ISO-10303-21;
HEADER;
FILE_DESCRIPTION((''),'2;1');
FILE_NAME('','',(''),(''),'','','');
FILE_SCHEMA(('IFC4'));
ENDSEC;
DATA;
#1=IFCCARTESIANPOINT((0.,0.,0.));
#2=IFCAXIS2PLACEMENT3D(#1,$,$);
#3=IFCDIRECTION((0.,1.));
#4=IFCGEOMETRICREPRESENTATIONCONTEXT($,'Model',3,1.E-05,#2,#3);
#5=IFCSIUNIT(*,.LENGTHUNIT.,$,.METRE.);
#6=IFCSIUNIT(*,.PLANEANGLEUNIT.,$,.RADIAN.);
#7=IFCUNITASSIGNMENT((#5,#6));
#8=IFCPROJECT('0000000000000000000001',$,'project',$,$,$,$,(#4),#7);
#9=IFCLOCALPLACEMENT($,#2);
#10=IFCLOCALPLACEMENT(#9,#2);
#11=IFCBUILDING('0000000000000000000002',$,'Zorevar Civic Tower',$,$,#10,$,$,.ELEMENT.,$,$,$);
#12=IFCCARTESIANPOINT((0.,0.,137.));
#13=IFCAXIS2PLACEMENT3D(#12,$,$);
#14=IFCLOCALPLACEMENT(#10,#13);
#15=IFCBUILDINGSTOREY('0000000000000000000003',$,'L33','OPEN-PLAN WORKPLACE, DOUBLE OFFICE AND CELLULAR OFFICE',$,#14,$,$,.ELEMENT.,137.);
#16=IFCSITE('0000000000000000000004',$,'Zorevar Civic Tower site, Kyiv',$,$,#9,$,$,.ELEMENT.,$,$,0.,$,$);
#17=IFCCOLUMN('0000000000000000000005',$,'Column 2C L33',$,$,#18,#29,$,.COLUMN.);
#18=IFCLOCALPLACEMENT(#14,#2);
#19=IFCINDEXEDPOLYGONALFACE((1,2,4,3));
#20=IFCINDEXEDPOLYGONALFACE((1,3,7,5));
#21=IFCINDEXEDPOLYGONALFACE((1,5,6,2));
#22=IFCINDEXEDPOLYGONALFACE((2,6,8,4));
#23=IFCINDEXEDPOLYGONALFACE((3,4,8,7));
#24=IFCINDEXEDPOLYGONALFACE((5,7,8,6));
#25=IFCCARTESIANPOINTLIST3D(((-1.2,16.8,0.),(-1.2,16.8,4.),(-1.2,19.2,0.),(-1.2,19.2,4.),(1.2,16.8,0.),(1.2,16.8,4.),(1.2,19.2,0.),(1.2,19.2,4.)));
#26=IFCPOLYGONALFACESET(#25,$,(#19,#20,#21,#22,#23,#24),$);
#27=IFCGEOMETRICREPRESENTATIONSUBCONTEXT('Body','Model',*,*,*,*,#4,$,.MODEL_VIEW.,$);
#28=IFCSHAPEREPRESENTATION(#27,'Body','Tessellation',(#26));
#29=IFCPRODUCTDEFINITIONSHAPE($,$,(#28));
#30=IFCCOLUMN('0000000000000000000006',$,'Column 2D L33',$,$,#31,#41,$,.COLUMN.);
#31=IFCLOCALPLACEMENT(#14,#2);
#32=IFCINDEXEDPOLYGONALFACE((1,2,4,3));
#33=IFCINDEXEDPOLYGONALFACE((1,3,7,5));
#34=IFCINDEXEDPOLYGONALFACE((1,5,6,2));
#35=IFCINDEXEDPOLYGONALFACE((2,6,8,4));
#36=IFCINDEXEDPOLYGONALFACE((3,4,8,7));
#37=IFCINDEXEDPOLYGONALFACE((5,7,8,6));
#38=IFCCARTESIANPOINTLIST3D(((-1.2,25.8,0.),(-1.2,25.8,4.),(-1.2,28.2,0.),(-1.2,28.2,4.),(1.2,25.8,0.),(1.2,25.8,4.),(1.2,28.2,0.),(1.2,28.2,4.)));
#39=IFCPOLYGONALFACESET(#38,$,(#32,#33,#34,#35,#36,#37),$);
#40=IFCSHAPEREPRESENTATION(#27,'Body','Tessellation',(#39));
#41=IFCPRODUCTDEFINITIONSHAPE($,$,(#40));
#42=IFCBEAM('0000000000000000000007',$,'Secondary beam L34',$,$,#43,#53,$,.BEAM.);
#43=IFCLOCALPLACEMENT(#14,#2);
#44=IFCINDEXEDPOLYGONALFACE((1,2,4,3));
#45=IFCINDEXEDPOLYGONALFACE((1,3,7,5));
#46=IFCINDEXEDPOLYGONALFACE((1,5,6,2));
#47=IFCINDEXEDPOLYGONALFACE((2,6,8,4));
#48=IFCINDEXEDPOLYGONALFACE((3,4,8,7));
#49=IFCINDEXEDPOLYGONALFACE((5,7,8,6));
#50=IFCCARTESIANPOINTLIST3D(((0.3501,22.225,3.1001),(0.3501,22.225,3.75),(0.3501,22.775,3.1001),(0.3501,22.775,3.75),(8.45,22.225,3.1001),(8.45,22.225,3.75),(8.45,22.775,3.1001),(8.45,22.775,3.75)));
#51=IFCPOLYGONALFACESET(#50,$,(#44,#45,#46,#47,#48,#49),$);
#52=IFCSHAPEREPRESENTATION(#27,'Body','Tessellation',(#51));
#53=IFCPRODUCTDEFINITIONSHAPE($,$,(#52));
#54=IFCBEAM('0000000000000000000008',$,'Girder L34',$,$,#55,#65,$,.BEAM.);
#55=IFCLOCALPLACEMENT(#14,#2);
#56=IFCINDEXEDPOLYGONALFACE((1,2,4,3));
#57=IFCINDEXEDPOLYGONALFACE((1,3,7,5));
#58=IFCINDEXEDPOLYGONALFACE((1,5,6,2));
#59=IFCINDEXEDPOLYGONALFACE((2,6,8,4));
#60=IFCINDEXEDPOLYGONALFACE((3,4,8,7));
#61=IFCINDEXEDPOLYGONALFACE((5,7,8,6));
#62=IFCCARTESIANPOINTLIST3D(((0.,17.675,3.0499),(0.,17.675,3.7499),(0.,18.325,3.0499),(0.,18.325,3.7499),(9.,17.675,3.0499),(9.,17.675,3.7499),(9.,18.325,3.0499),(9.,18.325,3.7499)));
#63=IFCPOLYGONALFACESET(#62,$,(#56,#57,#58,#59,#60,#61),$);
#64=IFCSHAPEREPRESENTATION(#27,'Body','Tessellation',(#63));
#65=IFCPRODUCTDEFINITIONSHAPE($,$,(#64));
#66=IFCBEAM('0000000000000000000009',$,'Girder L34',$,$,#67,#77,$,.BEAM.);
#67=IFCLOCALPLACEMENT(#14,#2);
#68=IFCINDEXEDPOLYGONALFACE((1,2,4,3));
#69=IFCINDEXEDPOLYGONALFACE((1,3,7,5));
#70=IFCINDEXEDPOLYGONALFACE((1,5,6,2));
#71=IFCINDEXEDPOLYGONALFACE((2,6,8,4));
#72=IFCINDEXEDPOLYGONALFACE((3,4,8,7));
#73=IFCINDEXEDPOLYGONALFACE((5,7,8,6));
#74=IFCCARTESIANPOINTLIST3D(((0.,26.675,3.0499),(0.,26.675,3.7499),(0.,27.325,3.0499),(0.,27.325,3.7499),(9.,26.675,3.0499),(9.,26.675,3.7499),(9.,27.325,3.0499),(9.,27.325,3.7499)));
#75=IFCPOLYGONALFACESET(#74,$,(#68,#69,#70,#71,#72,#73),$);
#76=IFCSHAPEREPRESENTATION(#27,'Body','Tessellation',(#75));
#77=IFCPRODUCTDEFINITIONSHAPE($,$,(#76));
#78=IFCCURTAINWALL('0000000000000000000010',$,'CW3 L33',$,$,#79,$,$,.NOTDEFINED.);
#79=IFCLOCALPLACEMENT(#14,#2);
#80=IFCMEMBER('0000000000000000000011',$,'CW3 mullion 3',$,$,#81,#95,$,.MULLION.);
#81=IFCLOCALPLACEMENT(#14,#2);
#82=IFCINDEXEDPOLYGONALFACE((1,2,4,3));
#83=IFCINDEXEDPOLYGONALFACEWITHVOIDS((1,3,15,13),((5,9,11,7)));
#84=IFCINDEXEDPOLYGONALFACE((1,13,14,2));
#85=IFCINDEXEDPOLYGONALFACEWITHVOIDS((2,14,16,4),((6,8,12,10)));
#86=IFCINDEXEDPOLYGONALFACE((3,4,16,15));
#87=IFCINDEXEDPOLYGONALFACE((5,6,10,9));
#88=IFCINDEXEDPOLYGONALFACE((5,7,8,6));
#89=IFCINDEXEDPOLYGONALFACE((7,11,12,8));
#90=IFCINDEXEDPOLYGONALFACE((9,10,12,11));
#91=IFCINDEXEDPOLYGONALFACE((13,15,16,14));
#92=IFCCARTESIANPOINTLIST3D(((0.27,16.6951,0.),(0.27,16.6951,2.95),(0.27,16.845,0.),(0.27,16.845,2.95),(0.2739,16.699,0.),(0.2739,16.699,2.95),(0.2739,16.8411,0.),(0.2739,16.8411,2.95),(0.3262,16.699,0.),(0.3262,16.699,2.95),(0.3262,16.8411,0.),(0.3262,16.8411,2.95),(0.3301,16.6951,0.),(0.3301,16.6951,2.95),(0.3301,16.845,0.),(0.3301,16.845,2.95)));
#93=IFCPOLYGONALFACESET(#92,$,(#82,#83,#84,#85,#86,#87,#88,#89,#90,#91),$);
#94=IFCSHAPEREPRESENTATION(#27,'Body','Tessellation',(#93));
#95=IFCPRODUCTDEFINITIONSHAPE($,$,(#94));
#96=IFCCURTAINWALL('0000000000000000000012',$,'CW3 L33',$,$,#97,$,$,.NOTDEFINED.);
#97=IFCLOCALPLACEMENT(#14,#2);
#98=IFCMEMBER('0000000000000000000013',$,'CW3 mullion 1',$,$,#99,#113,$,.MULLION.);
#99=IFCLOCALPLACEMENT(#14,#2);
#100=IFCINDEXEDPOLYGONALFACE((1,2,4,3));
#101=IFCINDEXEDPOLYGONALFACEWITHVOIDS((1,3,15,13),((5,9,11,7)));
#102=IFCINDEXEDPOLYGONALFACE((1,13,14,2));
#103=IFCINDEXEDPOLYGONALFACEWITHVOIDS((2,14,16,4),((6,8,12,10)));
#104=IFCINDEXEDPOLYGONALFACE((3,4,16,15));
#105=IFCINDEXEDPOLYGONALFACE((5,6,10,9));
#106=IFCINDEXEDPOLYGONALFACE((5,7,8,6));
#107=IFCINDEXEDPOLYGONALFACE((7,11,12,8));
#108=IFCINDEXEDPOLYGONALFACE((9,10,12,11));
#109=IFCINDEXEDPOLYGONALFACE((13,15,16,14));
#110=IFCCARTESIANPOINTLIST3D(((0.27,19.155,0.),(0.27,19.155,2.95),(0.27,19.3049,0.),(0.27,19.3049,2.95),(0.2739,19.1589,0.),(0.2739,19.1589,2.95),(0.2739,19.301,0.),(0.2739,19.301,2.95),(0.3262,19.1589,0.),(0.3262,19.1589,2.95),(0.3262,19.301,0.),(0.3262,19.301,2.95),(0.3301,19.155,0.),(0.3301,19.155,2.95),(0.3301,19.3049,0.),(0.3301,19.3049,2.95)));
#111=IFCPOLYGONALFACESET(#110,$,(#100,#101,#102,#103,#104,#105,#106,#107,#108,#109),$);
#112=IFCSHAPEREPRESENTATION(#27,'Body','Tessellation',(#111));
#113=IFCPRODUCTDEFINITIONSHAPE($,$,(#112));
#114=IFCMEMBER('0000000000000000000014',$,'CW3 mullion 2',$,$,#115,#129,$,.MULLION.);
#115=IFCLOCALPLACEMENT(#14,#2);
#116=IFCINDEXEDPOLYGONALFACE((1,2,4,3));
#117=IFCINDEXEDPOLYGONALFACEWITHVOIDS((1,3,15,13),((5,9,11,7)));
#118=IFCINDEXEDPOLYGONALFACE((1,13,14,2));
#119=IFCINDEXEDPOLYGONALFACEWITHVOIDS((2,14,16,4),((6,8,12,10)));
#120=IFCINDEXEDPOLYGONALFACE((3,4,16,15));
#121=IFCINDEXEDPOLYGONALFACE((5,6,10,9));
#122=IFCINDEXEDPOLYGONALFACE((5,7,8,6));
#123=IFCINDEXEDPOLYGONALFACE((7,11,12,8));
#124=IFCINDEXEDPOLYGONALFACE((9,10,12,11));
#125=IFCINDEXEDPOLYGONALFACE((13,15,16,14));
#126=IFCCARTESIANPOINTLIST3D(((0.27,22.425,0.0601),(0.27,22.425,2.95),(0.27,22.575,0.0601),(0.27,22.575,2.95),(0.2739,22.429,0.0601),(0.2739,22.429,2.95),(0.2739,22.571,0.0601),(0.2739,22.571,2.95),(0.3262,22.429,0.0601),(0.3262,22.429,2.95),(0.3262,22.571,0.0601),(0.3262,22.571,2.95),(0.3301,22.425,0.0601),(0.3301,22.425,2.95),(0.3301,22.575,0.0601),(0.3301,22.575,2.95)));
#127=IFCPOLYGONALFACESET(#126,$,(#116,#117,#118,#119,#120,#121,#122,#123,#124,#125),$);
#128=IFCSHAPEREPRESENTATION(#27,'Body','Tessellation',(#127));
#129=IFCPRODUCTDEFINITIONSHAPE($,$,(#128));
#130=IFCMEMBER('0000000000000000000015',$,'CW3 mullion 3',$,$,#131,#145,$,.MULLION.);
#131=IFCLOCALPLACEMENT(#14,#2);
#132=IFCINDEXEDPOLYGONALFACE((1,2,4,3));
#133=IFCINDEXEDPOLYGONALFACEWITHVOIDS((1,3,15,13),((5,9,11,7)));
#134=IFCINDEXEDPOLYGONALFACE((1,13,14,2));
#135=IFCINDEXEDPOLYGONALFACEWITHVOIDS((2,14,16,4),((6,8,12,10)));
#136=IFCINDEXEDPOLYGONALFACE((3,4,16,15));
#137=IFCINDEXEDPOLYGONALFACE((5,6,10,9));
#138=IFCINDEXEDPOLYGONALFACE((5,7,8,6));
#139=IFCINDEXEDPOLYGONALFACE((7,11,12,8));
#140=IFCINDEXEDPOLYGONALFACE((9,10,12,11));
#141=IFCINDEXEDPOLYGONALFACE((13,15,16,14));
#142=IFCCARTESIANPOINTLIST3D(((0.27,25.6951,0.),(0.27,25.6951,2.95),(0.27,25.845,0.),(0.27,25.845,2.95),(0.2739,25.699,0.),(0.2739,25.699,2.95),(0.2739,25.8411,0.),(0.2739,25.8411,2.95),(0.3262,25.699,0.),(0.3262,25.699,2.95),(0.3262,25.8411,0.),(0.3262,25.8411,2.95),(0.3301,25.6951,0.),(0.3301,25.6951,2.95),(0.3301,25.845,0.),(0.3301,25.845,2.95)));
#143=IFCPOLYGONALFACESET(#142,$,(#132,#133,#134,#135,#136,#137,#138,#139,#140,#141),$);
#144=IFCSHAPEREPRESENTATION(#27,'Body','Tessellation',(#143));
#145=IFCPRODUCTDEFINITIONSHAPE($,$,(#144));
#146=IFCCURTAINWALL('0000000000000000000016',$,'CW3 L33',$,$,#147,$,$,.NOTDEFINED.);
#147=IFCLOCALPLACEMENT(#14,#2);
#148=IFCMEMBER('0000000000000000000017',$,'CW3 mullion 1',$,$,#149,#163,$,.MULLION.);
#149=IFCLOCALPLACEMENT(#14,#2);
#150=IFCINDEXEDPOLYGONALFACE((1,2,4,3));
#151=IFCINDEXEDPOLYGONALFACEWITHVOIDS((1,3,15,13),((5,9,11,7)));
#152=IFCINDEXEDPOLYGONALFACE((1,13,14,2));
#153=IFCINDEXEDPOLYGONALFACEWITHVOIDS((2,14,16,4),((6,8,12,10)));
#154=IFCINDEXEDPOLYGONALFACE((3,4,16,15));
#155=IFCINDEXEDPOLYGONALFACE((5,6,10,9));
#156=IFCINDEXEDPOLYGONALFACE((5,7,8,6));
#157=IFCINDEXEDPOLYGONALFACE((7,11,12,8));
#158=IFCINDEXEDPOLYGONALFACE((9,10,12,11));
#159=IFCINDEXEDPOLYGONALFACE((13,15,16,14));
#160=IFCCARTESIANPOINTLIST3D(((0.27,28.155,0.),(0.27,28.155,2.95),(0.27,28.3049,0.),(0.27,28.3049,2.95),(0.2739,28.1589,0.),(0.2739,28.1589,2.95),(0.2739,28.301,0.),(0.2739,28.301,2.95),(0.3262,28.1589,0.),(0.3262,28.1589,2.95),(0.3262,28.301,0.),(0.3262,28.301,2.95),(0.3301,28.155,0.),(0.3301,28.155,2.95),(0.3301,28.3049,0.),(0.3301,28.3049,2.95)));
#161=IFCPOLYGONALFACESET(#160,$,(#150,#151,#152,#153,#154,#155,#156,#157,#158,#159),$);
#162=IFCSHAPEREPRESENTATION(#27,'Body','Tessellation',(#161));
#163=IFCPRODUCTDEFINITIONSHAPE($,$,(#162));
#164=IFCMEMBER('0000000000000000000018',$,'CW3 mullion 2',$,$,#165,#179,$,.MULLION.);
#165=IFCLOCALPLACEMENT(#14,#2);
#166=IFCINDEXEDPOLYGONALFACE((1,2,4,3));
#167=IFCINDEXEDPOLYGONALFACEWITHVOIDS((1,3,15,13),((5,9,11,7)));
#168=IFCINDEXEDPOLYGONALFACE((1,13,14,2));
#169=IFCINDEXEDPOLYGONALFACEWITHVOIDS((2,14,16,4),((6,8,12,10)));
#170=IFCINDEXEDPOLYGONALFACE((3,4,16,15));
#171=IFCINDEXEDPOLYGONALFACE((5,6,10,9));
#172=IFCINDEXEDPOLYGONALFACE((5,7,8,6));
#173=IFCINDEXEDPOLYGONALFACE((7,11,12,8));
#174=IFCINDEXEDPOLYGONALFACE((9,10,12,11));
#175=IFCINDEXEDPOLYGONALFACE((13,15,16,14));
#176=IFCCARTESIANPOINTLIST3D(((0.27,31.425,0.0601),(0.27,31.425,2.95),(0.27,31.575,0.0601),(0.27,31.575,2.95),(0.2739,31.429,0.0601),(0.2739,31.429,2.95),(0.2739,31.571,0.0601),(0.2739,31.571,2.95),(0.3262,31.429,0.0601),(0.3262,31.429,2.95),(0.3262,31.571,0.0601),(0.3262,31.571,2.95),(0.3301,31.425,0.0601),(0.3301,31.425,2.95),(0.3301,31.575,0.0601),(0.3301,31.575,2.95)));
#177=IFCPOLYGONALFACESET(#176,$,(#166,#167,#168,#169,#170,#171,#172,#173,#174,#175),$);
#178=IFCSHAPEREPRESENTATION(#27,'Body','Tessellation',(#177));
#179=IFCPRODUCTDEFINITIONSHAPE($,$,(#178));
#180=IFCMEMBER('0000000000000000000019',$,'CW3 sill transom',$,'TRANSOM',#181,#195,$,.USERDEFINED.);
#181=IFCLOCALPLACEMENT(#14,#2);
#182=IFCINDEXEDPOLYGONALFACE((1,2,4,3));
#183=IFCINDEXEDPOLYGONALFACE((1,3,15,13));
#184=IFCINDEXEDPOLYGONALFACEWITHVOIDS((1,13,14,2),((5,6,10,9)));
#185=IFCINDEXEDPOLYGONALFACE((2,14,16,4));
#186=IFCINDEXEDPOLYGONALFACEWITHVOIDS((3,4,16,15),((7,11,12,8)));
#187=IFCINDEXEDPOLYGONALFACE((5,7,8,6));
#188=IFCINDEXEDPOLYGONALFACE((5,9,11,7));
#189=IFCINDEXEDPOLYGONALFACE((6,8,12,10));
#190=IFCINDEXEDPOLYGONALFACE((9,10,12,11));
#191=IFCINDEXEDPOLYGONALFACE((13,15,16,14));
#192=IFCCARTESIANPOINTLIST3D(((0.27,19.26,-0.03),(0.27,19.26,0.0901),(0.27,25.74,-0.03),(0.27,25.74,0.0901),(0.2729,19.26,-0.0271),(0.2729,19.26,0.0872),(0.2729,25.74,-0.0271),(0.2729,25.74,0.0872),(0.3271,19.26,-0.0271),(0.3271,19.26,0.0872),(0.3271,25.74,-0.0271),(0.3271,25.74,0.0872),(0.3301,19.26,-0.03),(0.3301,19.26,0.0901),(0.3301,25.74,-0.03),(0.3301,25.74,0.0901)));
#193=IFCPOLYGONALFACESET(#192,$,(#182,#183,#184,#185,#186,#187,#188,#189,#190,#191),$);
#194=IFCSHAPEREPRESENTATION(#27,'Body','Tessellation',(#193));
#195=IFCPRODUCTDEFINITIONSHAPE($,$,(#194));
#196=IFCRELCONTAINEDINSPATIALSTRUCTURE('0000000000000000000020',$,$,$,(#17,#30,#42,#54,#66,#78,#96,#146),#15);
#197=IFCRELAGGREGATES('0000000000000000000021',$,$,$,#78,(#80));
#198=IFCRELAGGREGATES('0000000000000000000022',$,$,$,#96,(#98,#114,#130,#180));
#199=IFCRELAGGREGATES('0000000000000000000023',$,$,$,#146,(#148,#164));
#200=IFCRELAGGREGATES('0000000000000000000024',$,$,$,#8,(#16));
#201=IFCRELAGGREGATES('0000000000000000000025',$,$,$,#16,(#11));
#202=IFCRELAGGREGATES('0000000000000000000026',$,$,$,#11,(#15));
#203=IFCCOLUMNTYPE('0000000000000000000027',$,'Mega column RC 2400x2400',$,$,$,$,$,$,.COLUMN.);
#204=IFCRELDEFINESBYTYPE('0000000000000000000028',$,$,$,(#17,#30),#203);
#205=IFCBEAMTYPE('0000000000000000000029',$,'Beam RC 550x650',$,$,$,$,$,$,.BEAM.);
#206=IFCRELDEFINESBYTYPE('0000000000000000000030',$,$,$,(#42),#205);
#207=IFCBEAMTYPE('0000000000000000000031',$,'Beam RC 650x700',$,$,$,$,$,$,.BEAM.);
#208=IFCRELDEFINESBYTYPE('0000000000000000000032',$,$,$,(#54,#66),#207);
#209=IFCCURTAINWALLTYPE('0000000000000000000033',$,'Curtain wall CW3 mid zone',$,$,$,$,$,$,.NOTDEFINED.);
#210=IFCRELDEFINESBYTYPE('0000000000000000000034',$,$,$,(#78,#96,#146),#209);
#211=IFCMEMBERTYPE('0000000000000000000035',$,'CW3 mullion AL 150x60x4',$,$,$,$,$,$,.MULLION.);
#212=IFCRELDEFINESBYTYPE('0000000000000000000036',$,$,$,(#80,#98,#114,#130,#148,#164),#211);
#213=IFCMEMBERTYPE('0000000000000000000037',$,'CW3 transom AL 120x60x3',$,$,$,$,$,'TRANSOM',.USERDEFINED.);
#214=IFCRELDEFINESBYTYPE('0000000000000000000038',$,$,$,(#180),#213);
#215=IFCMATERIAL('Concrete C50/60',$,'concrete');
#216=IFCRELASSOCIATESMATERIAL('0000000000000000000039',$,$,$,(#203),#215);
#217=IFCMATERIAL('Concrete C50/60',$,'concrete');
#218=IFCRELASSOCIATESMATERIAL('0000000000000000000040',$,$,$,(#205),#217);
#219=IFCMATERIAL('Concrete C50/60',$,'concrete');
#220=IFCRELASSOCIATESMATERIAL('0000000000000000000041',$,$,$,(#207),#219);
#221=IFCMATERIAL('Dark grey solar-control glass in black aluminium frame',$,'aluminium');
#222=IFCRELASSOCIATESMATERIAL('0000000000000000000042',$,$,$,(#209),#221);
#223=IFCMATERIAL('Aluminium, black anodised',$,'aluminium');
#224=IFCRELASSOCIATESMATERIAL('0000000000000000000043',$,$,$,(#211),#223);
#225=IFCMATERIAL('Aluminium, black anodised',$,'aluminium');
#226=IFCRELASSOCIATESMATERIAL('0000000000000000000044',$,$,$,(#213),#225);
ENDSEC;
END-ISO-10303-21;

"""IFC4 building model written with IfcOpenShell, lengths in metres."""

from ifc_helpers import new_model, si_unit, direction, frame, origin, origin_2d, place, context, subcontext, project, spatial, rectangle, hollow_rectangle, extrude, material, material_profile, profile_set, type_object, element, aggregate, save


model = new_model("IFC4")

# Units and contexts
model_context = context("Model", 3, precision=1e-05, world=origin(), true_north=direction((0.0, 1.0)))
body_context = subcontext(model_context, "Body", "Model", "MODEL_VIEW")
ifc_project = project(units=[si_unit("LENGTHUNIT", "METRE"), si_unit("PLANEANGLEUNIT", "RADIAN")], contexts=[model_context])

# Site, building, storey
site_placement = place(None, origin())
site = spatial("IfcSite", under=ifc_project, at=site_placement, Name="Zorevar Civic Tower site, Kyiv", CompositionType="ELEMENT", RefElevation=0.0)
building_placement = place(site_placement, origin())
building = spatial("IfcBuilding", under=site, at=building_placement, Name="Zorevar Civic Tower", CompositionType="ELEMENT")
storey_placement = place(building_placement, frame((0.0, 0.0, 137.0)))
storey = spatial("IfcBuildingStorey", under=building, at=storey_placement, Name="L33", Description="OPEN-PLAN WORKPLACE, DOUBLE OFFICE AND CELLULAR OFFICE", CompositionType="ELEMENT", Elevation=137.0)

# Columns
ifc_material_1 = material(Name="Concrete C50/60", Category="concrete")
ifc_material_profile_1 = material_profile(ifc_material_1, rectangle(XDim=2.3999, YDim=2.3999, at=origin_2d()), Name="RC 2400x2400")
ifc_profile_set_1 = profile_set([ifc_material_profile_1], Name="Concrete C50/60")
column_type = type_object("IfcColumnType", Name="Mega column RC 2400x2400", PredefinedType="COLUMN", material=ifc_profile_set_1)
for number, where, z_axis, x_axis, name in (
    (1, (0.0, 18.0, 0.0), (0.0, 0.0, 1.0), (1.0, 0.0, 0.0), "Column 2C L33"),
    (2, (0.0, 27.0, 0.0), (0.0, 0.0, 1.0), (1.0, 0.0, 0.0), "Column 2D L33"),
):
    element("IfcColumn", number, at=place(storey_placement, frame(where, z_axis=z_axis, x_axis=x_axis)), inside=storey, type_object=column_type, Name=name, PredefinedType="COLUMN", context=body_context, shape_type="SweptSolid", body=[
        extrude(rectangle(XDim=2.3999, YDim=2.3999, at=origin_2d()), origin(), (0.0, 0.0, 1.0), 4.0),
    ])

# Beams
ifc_material_2 = material(Name="Concrete C50/60", Category="concrete")
ifc_material_profile_2 = material_profile(ifc_material_2, rectangle(XDim=0.55, YDim=0.6499, at=origin_2d()), Name="RC 550x650")
ifc_profile_set_2 = profile_set([ifc_material_profile_2], Name="Concrete C50/60")
beam_type_1 = type_object("IfcBeamType", Name="Beam RC 550x650", PredefinedType="BEAM", material=ifc_profile_set_2)
beam_placement = place(storey_placement, frame((0.3501, 22.5, 3.425), z_axis=(1.0, 0.0, 0.0), x_axis=(0.0, 1.0, 0.0)))
element("IfcBeam", 3, at=beam_placement, inside=storey, type_object=beam_type_1, Name="Secondary beam L34", PredefinedType="BEAM", context=body_context, shape_type="SweptSolid", body=[
    extrude(rectangle(XDim=0.55, YDim=0.6499, at=origin_2d()), origin(), (0.0, 0.0, 1.0), 8.0999),
])
ifc_material_3 = material(Name="Concrete C50/60", Category="concrete")
ifc_material_profile_3 = material_profile(ifc_material_3, rectangle(XDim=0.6499, YDim=0.7, at=origin_2d()), Name="RC 650x700")
ifc_profile_set_3 = profile_set([ifc_material_profile_3], Name="Concrete C50/60")
beam_type_2 = type_object("IfcBeamType", Name="Beam RC 650x700", PredefinedType="BEAM", material=ifc_profile_set_3)
for number, where, z_axis, x_axis, name in (
    (4, (0.0, 18.0, 3.3999), (1.0, 0.0, 0.0), (0.0, 1.0, 0.0), "Girder L34"),
    (5, (0.0, 27.0, 3.3999), (1.0, 0.0, 0.0), (0.0, 1.0, 0.0), "Girder L34"),
):
    element("IfcBeam", number, at=place(storey_placement, frame(where, z_axis=z_axis, x_axis=x_axis)), inside=storey, type_object=beam_type_2, Name=name, PredefinedType="BEAM", context=body_context, shape_type="SweptSolid", body=[
        extrude(rectangle(XDim=0.6499, YDim=0.7, at=origin_2d()), origin(), (0.0, 0.0, 1.0), 9.0),
    ])

# Curtain wall, member
ifc_material_4 = material(Name="Dark grey solar-control glass in black aluminium frame", Category="aluminium")
curtain_wall_type = type_object("IfcCurtainWallType", Name="Curtain wall CW3 mid zone", PredefinedType="NOTDEFINED", material=ifc_material_4)
curtain_wall_1_placement = place(storey_placement, origin())
curtain_wall_1 = element("IfcCurtainWall", 6, at=curtain_wall_1_placement, inside=storey, type_object=curtain_wall_type, Name="CW3 L33", PredefinedType="NOTDEFINED")
ifc_material_5 = material(Name="Aluminium, black anodised", Category="aluminium")
ifc_material_profile_4 = material_profile(ifc_material_5, hollow_rectangle(XDim=0.0601, YDim=0.1499, WallThickness=0.0039, at=origin_2d()), Name="AL 150x60x4")
ifc_profile_set_4 = profile_set([ifc_material_profile_4], Name="Aluminium, black anodised")
member_type_1 = type_object("IfcMemberType", Name="CW3 mullion AL 150x60x4", PredefinedType="MULLION", material=ifc_profile_set_4)
member_1_placement = place(storey_placement, frame((0.3, 16.77, 0.0), z_axis=(0.0, 0.0, 1.0), x_axis=(-1.0, 0.0, 0.0)))
member_1 = element("IfcMember", 7, at=member_1_placement, type_object=member_type_1, Name="CW3 mullion 3", PredefinedType="MULLION", context=body_context, shape_type="SweptSolid", body=[
    extrude(hollow_rectangle(XDim=0.0601, YDim=0.1499, WallThickness=0.0039, at=origin_2d()), origin(), (0.0, 0.0, 1.0), 2.95),
])

# Curtain walls, members
curtain_wall_2_placement = place(storey_placement, origin())
curtain_wall_2 = element("IfcCurtainWall", 8, at=curtain_wall_2_placement, inside=storey, type_object=curtain_wall_type, Name="CW3 L33", PredefinedType="NOTDEFINED")
member_2_placement = place(storey_placement, frame((0.3, 19.23, 0.0), z_axis=(0.0, 0.0, 1.0), x_axis=(-1.0, 0.0, 0.0)))
member_2 = element("IfcMember", 9, at=member_2_placement, type_object=member_type_1, Name="CW3 mullion 1", PredefinedType="MULLION", context=body_context, shape_type="SweptSolid", body=[
    extrude(hollow_rectangle(XDim=0.0601, YDim=0.1499, WallThickness=0.0039, at=origin_2d()), origin(), (0.0, 0.0, 1.0), 2.95),
])
member_3_placement = place(storey_placement, frame((0.3, 22.5, 0.0601), z_axis=(0.0, 0.0, 1.0), x_axis=(-1.0, 0.0, 0.0)))
member_3 = element("IfcMember", 10, at=member_3_placement, type_object=member_type_1, Name="CW3 mullion 2", PredefinedType="MULLION", context=body_context, shape_type="SweptSolid", body=[
    extrude(hollow_rectangle(XDim=0.0601, YDim=0.1499, WallThickness=0.0039, at=origin_2d()), origin(), (0.0, 0.0, 1.0), 2.8899),
])
member_4_placement = place(storey_placement, frame((0.3, 25.77, 0.0), z_axis=(0.0, 0.0, 1.0), x_axis=(-1.0, 0.0, 0.0)))
member_4 = element("IfcMember", 11, at=member_4_placement, type_object=member_type_1, Name="CW3 mullion 3", PredefinedType="MULLION", context=body_context, shape_type="SweptSolid", body=[
    extrude(hollow_rectangle(XDim=0.0601, YDim=0.1499, WallThickness=0.0039, at=origin_2d()), origin(), (0.0, 0.0, 1.0), 2.95),
])
curtain_wall_3_placement = place(storey_placement, origin())
curtain_wall_3 = element("IfcCurtainWall", 12, at=curtain_wall_3_placement, inside=storey, type_object=curtain_wall_type, Name="CW3 L33", PredefinedType="NOTDEFINED")
member_5_placement = place(storey_placement, frame((0.3, 28.23, 0.0), z_axis=(0.0, 0.0, 1.0), x_axis=(-1.0, 0.0, 0.0)))
member_5 = element("IfcMember", 13, at=member_5_placement, type_object=member_type_1, Name="CW3 mullion 1", PredefinedType="MULLION", context=body_context, shape_type="SweptSolid", body=[
    extrude(hollow_rectangle(XDim=0.0601, YDim=0.1499, WallThickness=0.0039, at=origin_2d()), origin(), (0.0, 0.0, 1.0), 2.95),
])
member_6_placement = place(storey_placement, frame((0.3, 31.5, 0.0601), z_axis=(0.0, 0.0, 1.0), x_axis=(-1.0, 0.0, 0.0)))
member_6 = element("IfcMember", 14, at=member_6_placement, type_object=member_type_1, Name="CW3 mullion 2", PredefinedType="MULLION", context=body_context, shape_type="SweptSolid", body=[
    extrude(hollow_rectangle(XDim=0.0601, YDim=0.1499, WallThickness=0.0039, at=origin_2d()), origin(), (0.0, 0.0, 1.0), 2.8899),
])

# Member
ifc_material_6 = material(Name="Aluminium, black anodised", Category="aluminium")
ifc_material_profile_5 = material_profile(ifc_material_6, hollow_rectangle(XDim=0.0601, YDim=0.1201, WallThickness=0.0029, at=origin_2d()), Name="AL 120x60x3")
ifc_profile_set_5 = profile_set([ifc_material_profile_5], Name="Aluminium, black anodised")
member_type_2 = type_object("IfcMemberType", Name="CW3 transom AL 120x60x3", ElementType="TRANSOM", PredefinedType="USERDEFINED", material=ifc_profile_set_5)
member_7_placement = place(storey_placement, frame((0.3, 19.26, 0.03), z_axis=(0.0, 1.0, 0.0), x_axis=(-1.0, 0.0, 0.0)))
member_7 = element("IfcMember", 15, at=member_7_placement, type_object=member_type_2, Name="CW3 sill transom", ObjectType="TRANSOM", PredefinedType="USERDEFINED", context=body_context, shape_type="SweptSolid", body=[
    extrude(hollow_rectangle(XDim=0.0601, YDim=0.1201, WallThickness=0.0029, at=origin_2d()), origin(), (0.0, 0.0, 1.0), 6.48),
])

aggregate(curtain_wall_1, [member_1])
aggregate(curtain_wall_2, [member_2, member_3, member_4, member_7])
aggregate(curtain_wall_3, [member_5, member_6])

save(model, "model.ifc")
